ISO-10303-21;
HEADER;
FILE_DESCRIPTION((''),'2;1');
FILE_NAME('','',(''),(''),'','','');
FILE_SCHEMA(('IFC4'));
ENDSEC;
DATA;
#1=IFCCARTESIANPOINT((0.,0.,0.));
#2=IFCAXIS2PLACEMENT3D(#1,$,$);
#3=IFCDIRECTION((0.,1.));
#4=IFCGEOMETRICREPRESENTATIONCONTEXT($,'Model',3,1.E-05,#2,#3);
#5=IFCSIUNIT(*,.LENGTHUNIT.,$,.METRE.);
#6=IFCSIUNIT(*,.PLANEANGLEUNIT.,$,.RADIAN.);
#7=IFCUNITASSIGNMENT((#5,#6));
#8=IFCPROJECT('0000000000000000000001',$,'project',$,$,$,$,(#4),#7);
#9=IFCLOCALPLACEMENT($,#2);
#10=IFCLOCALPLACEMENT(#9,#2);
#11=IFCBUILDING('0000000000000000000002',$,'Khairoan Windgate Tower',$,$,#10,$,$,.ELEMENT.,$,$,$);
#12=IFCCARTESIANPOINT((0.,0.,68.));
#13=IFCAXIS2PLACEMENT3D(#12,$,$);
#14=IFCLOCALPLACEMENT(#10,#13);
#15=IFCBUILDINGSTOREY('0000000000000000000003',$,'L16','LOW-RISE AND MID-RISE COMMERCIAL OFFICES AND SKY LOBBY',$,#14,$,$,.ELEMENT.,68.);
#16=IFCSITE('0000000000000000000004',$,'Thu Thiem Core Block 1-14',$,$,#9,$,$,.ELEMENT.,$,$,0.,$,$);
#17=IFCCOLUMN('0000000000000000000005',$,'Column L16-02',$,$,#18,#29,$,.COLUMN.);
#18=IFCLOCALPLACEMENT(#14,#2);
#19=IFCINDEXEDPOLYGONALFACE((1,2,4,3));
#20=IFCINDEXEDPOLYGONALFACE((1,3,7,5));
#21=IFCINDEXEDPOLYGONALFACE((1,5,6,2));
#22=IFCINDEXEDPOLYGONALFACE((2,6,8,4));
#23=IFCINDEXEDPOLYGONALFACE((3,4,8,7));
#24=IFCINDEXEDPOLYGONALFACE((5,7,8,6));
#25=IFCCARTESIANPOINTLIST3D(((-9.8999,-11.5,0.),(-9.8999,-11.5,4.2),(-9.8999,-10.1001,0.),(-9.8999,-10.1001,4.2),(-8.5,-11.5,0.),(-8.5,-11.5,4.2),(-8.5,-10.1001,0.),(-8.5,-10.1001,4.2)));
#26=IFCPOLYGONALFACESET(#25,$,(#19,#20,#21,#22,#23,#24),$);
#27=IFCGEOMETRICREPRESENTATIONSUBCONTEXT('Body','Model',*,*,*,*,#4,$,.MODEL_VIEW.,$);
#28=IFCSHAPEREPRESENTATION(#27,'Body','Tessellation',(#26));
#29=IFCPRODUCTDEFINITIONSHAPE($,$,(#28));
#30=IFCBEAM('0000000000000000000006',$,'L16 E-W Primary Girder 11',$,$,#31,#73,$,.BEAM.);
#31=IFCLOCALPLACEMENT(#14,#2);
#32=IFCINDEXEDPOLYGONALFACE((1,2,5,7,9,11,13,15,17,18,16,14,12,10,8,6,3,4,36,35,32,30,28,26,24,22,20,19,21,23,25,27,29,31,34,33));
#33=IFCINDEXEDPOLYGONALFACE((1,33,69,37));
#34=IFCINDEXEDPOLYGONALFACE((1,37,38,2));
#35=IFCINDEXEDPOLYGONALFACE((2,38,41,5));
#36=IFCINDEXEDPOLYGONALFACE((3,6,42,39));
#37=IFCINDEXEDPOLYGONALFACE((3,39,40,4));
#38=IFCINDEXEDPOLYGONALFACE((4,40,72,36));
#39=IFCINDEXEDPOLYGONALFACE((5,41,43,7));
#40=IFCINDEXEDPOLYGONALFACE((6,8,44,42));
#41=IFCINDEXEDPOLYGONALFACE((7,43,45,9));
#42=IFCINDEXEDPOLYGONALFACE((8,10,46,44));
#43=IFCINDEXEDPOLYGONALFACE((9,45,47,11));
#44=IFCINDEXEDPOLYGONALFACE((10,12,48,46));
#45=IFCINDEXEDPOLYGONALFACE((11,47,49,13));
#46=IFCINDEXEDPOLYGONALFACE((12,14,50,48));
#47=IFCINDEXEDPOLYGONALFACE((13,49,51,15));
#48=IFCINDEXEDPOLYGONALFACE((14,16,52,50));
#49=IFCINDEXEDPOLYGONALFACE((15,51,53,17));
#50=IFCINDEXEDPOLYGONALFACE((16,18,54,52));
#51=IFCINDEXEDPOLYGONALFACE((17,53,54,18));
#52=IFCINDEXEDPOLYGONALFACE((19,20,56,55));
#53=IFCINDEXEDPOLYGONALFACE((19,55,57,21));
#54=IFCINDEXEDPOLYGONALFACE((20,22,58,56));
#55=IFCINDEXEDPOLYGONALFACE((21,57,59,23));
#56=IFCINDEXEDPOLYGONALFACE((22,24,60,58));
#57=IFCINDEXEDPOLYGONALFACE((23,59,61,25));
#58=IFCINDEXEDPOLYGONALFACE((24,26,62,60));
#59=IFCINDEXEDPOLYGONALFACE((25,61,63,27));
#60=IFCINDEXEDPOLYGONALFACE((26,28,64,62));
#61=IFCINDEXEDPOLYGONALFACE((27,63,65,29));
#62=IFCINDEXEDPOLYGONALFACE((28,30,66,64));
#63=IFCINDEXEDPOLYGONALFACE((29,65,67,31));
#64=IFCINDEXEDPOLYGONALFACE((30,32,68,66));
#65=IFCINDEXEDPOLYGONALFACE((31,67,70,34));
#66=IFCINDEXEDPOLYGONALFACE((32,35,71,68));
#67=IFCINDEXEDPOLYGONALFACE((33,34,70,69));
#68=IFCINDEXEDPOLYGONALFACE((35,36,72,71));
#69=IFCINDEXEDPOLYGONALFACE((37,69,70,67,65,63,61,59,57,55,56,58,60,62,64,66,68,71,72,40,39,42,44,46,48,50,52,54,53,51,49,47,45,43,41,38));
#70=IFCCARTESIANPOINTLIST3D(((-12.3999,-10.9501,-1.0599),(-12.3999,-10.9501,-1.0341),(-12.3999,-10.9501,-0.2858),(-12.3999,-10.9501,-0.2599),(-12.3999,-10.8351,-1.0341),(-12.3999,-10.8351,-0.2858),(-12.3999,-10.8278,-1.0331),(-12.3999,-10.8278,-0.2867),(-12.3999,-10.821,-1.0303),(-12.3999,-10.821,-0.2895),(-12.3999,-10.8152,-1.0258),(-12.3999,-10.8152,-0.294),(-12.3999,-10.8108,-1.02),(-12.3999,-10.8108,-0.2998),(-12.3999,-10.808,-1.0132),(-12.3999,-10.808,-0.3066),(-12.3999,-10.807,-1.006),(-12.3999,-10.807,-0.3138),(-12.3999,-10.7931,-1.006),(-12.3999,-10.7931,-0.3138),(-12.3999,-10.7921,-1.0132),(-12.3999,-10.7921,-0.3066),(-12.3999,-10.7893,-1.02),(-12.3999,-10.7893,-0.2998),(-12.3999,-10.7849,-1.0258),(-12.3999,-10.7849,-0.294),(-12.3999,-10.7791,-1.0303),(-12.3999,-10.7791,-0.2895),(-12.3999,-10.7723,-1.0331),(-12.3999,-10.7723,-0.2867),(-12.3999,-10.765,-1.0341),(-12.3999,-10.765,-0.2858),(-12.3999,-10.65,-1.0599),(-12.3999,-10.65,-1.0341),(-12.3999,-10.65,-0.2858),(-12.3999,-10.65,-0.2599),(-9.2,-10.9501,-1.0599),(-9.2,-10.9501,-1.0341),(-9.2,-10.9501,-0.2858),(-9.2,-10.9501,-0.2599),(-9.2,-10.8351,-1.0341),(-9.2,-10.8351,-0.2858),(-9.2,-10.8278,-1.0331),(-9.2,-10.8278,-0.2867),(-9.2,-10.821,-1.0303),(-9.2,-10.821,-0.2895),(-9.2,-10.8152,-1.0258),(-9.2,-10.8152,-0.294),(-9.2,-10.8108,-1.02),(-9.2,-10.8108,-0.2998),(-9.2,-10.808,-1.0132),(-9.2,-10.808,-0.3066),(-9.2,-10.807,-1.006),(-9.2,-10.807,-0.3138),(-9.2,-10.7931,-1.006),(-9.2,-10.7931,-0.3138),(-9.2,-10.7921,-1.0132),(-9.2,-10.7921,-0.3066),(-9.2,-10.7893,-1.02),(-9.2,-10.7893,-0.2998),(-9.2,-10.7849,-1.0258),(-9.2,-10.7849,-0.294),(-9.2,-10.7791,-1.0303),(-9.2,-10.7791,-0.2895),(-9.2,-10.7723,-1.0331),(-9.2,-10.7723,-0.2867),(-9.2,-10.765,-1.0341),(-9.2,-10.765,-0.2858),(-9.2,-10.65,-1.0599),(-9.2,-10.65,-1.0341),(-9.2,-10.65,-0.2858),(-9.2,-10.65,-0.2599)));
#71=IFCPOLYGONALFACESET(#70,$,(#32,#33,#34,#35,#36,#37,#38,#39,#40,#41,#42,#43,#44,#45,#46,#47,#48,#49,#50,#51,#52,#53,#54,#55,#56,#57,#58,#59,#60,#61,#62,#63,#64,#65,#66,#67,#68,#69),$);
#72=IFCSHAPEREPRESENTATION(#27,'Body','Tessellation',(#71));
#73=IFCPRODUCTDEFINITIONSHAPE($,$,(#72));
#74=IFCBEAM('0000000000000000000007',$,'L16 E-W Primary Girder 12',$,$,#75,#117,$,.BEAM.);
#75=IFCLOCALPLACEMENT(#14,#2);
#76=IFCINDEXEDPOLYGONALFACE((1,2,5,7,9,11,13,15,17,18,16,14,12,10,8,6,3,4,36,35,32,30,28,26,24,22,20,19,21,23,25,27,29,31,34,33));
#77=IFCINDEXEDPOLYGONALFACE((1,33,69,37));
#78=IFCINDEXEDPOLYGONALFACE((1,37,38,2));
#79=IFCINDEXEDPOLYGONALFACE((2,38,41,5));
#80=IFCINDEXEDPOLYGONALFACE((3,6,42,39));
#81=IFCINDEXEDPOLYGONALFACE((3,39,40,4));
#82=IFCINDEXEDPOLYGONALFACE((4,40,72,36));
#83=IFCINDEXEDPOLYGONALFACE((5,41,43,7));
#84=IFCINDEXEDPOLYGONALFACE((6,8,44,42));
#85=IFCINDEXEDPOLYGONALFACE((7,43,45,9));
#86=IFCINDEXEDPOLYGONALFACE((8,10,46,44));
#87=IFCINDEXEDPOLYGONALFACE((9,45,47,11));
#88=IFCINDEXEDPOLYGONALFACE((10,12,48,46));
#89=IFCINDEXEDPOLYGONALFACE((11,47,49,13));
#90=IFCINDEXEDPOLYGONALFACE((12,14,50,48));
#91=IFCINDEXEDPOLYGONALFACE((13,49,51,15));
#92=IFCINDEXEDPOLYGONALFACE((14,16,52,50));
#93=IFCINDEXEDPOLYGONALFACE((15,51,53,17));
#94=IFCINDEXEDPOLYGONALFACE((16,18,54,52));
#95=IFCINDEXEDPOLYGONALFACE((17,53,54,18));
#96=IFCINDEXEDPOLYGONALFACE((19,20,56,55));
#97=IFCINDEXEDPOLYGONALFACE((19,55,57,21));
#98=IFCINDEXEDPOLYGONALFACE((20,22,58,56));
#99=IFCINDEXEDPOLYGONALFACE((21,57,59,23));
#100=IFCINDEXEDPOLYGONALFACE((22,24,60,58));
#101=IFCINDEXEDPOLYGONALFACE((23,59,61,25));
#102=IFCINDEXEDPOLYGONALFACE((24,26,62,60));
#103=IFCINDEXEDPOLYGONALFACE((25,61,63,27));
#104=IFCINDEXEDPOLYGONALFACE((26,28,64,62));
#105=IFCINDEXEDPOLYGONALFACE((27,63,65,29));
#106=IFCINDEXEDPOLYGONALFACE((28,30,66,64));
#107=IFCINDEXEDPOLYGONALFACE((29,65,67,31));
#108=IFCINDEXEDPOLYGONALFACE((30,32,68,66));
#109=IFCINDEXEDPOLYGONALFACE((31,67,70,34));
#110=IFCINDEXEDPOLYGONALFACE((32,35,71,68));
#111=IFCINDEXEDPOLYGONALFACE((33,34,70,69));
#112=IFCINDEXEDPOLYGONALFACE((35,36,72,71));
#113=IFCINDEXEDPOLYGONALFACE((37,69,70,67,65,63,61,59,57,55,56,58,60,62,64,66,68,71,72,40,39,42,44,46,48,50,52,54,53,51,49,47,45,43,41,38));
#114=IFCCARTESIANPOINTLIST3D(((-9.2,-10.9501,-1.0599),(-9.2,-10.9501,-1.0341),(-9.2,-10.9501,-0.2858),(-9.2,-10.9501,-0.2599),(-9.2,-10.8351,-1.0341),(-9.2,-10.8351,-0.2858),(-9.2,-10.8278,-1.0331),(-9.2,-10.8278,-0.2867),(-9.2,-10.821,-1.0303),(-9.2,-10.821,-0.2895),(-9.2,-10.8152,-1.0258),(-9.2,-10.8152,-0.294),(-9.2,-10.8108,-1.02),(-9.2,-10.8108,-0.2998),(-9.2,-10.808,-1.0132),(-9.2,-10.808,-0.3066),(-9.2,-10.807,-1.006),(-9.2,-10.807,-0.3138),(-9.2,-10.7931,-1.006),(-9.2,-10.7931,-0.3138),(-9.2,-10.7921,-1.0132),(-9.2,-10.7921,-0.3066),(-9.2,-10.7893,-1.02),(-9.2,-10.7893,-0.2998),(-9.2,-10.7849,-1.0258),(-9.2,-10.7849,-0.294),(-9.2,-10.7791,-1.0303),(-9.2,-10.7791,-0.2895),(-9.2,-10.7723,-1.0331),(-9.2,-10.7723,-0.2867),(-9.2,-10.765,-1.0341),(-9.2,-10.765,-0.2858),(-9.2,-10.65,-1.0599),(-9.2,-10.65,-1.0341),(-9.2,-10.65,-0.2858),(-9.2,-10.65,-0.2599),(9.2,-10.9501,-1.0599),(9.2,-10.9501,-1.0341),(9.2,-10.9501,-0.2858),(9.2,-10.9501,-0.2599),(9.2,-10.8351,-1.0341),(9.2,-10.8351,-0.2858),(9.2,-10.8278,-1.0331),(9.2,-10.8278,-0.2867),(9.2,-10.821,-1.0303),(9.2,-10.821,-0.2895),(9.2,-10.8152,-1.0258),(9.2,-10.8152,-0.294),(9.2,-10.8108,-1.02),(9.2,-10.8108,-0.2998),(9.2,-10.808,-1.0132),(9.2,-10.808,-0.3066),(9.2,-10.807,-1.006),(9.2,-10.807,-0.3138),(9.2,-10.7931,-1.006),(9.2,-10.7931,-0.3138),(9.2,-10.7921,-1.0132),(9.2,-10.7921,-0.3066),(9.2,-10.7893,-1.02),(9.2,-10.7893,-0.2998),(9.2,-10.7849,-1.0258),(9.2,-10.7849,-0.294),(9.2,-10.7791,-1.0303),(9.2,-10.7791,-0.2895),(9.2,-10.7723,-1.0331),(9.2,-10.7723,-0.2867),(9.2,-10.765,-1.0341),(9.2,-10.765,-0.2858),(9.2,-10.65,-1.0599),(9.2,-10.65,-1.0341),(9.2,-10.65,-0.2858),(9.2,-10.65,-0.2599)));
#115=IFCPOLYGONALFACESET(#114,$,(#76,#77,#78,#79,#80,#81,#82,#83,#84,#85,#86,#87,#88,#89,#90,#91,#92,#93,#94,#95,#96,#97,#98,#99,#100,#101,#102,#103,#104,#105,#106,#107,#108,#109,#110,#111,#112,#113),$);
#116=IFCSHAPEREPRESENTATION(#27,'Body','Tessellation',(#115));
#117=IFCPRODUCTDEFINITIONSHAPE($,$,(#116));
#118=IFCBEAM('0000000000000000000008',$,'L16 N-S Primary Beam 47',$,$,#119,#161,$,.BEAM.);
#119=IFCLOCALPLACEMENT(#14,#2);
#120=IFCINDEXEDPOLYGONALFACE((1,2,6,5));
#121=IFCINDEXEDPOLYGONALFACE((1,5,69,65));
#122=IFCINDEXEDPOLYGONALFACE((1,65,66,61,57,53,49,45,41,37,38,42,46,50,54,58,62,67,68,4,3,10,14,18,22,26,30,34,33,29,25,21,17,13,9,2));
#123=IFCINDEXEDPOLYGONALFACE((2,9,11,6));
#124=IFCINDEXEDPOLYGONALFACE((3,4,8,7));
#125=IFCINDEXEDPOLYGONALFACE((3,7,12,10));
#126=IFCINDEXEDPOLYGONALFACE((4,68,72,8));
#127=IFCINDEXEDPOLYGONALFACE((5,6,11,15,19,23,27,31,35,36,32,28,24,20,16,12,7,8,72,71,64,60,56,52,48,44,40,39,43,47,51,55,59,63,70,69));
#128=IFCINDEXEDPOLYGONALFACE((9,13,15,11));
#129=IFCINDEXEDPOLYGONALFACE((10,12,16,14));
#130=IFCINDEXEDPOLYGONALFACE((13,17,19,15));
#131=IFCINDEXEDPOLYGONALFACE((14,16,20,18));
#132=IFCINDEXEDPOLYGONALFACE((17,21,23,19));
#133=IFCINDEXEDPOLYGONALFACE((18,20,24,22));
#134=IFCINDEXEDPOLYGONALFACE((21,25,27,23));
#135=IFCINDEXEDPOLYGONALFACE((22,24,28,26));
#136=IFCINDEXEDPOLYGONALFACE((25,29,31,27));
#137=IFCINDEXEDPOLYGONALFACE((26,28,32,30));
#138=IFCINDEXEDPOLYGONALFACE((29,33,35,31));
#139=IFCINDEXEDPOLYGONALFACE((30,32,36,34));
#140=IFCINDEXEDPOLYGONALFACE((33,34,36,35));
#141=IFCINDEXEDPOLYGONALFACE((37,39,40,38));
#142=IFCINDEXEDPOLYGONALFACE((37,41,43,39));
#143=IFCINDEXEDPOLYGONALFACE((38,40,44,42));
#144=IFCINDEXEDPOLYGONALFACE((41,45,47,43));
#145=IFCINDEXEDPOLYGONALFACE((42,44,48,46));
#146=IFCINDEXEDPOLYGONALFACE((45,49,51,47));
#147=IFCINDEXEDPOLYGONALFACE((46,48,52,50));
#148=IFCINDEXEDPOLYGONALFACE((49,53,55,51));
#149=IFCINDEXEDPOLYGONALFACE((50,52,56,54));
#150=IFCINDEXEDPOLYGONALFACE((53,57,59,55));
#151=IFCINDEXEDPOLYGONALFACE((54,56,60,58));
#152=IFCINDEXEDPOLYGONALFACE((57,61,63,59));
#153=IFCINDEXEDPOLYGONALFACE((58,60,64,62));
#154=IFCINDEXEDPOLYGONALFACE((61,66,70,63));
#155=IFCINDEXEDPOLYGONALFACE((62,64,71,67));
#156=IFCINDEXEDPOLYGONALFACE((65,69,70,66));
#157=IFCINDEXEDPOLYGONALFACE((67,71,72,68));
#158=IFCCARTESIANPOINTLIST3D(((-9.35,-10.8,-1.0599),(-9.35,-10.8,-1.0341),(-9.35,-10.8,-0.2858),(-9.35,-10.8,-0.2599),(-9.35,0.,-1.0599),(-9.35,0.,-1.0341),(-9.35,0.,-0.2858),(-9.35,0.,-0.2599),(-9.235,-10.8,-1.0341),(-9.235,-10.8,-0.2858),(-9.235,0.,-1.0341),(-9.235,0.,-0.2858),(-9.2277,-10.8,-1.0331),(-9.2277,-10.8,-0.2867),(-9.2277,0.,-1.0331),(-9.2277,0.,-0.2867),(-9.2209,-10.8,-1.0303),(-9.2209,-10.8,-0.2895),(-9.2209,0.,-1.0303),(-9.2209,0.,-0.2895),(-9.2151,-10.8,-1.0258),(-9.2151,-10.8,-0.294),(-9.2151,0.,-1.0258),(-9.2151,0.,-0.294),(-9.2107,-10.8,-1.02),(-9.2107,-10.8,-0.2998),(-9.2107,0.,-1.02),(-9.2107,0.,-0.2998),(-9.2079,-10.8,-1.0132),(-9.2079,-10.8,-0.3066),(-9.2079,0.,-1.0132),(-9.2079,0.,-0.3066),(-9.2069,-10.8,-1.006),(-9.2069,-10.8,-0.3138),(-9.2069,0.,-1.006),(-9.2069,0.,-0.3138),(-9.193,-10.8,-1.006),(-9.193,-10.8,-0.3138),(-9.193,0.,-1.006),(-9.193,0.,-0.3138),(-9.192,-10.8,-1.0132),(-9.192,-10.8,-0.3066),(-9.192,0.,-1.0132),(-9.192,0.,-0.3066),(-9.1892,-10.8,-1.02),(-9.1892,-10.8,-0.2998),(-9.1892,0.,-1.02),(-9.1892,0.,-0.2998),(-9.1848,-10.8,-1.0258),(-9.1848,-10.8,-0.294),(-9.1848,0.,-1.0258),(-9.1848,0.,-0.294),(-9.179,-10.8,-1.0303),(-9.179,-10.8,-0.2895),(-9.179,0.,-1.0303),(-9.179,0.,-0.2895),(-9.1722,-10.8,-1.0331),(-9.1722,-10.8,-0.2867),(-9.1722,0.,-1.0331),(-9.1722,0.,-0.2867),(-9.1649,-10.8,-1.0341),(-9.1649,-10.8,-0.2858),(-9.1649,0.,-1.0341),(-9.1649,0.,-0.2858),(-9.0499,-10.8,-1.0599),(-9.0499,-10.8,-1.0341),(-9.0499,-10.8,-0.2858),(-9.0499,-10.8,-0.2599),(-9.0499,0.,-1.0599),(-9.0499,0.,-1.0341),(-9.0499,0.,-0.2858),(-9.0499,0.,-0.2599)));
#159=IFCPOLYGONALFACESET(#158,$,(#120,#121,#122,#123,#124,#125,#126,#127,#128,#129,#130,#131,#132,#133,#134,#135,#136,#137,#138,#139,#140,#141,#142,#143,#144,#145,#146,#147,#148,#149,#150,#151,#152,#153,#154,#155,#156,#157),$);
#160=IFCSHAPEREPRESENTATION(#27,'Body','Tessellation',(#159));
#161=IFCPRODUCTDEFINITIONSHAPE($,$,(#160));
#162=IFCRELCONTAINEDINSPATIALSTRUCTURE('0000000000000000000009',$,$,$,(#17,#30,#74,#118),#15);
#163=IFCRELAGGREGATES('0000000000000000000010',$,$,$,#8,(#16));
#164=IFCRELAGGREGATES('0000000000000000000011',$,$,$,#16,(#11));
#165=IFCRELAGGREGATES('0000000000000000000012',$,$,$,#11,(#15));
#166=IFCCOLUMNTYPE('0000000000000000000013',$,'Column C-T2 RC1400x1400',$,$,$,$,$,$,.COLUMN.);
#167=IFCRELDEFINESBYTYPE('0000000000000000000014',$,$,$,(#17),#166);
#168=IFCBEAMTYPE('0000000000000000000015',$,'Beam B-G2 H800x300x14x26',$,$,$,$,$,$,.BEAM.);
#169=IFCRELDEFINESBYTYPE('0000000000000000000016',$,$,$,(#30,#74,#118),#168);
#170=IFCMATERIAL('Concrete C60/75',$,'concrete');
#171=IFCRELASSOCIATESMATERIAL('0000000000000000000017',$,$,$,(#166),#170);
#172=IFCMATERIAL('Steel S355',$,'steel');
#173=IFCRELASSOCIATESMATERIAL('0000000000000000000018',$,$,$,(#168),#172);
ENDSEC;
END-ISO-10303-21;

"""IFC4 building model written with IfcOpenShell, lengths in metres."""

from ifc_helpers import new_model, si_unit, direction, frame, origin, origin_2d, place, context, subcontext, project, spatial, rectangle, i_section, extrude, material, material_profile, profile_set, type_object, element, save


model = new_model("IFC4")

# Units and contexts
model_context = context("Model", 3, precision=1e-05, world=origin(), true_north=direction((0.0, 1.0)))
body_context = subcontext(model_context, "Body", "Model", "MODEL_VIEW")
ifc_project = project(units=[si_unit("LENGTHUNIT", "METRE"), si_unit("PLANEANGLEUNIT", "RADIAN")], contexts=[model_context])

# Site, building, storey
site_placement = place(None, origin())
site = spatial("IfcSite", under=ifc_project, at=site_placement, Name="Thu Thiem Core Block 1-14", CompositionType="ELEMENT", RefElevation=0.0)
building_placement = place(site_placement, origin())
building = spatial("IfcBuilding", under=site, at=building_placement, Name="Khairoan Windgate Tower", CompositionType="ELEMENT")
storey_placement = place(building_placement, frame((0.0, 0.0, 68.0)))
storey = spatial("IfcBuildingStorey", under=building, at=storey_placement, Name="L16", Description="LOW-RISE AND MID-RISE COMMERCIAL OFFICES AND SKY LOBBY", CompositionType="ELEMENT", Elevation=68.0)

# Column
ifc_material_1 = material(Name="Concrete C60/75", Category="concrete")
ifc_material_profile_1 = material_profile(ifc_material_1, rectangle(XDim=1.3999, YDim=1.3999, at=origin_2d()))
ifc_profile_set_1 = profile_set([ifc_material_profile_1], Name="Concrete C60/75")
column_type = type_object("IfcColumnType", Name="Column C-T2 RC1400x1400", PredefinedType="COLUMN", material=ifc_profile_set_1)
column_placement = place(storey_placement, frame((-9.2, -10.8, 0.0), z_axis=(0.0, 0.0, 1.0), x_axis=(1.0, 0.0, 0.0)))
element("IfcColumn", 1, at=column_placement, inside=storey, type_object=column_type, Name="Column L16-02", PredefinedType="COLUMN", context=body_context, shape_type="SweptSolid", body=[
    extrude(rectangle(XDim=1.3999, YDim=1.3999, at=origin_2d()), origin(), (0.0, 0.0, 1.0), 4.2),
])

# Beams
ifc_material_2 = material(Name="Steel S355", Category="steel")
ifc_material_profile_2 = material_profile(ifc_material_2, i_section(OverallWidth=0.3, OverallDepth=0.8, WebThickness=0.0139, FlangeThickness=0.0259, FilletRadius=0.0281, at=origin_2d()))
ifc_profile_set_2 = profile_set([ifc_material_profile_2], Name="Steel S355")
beam_type_1 = type_object("IfcBeamType", Name="Beam B-G2 H800x300x14x26", PredefinedType="BEAM", material=ifc_profile_set_2)
beam_1_placement = place(storey_placement, frame((-12.3999, -10.8, -0.6599), z_axis=(1.0, 0.0, 0.0), x_axis=(0.0, 1.0, 0.0)))
element("IfcBeam", 2, at=beam_1_placement, inside=storey, type_object=beam_type_1, Name="L16 E-W Primary Girder 11", PredefinedType="BEAM", context=body_context, shape_type="SweptSolid", body=[
    extrude(i_section(OverallWidth=0.3, OverallDepth=0.8, WebThickness=0.0139, FlangeThickness=0.0259, FilletRadius=0.0281, at=origin_2d()), origin(), (0.0, 0.0, 1.0), 3.2),
])
beam_2_placement = place(storey_placement, frame((-9.2, -10.8, -0.6599), z_axis=(1.0, 0.0, 0.0), x_axis=(0.0, 1.0, 0.0)))
element("IfcBeam", 3, at=beam_2_placement, inside=storey, type_object=beam_type_1, Name="L16 E-W Primary Girder 12", PredefinedType="BEAM", context=body_context, shape_type="SweptSolid", body=[
    extrude(i_section(OverallWidth=0.3, OverallDepth=0.8, WebThickness=0.0139, FlangeThickness=0.0259, FilletRadius=0.0281, at=origin_2d()), origin(), (0.0, 0.0, 1.0), 18.3999),
])
beam_3_placement = place(storey_placement, frame((-9.2, -10.8, -0.6599), z_axis=(0.0, 1.0, 0.0), x_axis=(-1.0, 0.0, 0.0)))
element("IfcBeam", 4, at=beam_3_placement, inside=storey, type_object=beam_type_1, Name="L16 N-S Primary Beam 47", PredefinedType="BEAM", context=body_context, shape_type="SweptSolid", body=[
    extrude(i_section(OverallWidth=0.3, OverallDepth=0.8, WebThickness=0.0139, FlangeThickness=0.0259, FilletRadius=0.0281, at=origin_2d()), origin(), (0.0, 0.0, 1.0), 10.8),
])

save(model, "model.ifc")
